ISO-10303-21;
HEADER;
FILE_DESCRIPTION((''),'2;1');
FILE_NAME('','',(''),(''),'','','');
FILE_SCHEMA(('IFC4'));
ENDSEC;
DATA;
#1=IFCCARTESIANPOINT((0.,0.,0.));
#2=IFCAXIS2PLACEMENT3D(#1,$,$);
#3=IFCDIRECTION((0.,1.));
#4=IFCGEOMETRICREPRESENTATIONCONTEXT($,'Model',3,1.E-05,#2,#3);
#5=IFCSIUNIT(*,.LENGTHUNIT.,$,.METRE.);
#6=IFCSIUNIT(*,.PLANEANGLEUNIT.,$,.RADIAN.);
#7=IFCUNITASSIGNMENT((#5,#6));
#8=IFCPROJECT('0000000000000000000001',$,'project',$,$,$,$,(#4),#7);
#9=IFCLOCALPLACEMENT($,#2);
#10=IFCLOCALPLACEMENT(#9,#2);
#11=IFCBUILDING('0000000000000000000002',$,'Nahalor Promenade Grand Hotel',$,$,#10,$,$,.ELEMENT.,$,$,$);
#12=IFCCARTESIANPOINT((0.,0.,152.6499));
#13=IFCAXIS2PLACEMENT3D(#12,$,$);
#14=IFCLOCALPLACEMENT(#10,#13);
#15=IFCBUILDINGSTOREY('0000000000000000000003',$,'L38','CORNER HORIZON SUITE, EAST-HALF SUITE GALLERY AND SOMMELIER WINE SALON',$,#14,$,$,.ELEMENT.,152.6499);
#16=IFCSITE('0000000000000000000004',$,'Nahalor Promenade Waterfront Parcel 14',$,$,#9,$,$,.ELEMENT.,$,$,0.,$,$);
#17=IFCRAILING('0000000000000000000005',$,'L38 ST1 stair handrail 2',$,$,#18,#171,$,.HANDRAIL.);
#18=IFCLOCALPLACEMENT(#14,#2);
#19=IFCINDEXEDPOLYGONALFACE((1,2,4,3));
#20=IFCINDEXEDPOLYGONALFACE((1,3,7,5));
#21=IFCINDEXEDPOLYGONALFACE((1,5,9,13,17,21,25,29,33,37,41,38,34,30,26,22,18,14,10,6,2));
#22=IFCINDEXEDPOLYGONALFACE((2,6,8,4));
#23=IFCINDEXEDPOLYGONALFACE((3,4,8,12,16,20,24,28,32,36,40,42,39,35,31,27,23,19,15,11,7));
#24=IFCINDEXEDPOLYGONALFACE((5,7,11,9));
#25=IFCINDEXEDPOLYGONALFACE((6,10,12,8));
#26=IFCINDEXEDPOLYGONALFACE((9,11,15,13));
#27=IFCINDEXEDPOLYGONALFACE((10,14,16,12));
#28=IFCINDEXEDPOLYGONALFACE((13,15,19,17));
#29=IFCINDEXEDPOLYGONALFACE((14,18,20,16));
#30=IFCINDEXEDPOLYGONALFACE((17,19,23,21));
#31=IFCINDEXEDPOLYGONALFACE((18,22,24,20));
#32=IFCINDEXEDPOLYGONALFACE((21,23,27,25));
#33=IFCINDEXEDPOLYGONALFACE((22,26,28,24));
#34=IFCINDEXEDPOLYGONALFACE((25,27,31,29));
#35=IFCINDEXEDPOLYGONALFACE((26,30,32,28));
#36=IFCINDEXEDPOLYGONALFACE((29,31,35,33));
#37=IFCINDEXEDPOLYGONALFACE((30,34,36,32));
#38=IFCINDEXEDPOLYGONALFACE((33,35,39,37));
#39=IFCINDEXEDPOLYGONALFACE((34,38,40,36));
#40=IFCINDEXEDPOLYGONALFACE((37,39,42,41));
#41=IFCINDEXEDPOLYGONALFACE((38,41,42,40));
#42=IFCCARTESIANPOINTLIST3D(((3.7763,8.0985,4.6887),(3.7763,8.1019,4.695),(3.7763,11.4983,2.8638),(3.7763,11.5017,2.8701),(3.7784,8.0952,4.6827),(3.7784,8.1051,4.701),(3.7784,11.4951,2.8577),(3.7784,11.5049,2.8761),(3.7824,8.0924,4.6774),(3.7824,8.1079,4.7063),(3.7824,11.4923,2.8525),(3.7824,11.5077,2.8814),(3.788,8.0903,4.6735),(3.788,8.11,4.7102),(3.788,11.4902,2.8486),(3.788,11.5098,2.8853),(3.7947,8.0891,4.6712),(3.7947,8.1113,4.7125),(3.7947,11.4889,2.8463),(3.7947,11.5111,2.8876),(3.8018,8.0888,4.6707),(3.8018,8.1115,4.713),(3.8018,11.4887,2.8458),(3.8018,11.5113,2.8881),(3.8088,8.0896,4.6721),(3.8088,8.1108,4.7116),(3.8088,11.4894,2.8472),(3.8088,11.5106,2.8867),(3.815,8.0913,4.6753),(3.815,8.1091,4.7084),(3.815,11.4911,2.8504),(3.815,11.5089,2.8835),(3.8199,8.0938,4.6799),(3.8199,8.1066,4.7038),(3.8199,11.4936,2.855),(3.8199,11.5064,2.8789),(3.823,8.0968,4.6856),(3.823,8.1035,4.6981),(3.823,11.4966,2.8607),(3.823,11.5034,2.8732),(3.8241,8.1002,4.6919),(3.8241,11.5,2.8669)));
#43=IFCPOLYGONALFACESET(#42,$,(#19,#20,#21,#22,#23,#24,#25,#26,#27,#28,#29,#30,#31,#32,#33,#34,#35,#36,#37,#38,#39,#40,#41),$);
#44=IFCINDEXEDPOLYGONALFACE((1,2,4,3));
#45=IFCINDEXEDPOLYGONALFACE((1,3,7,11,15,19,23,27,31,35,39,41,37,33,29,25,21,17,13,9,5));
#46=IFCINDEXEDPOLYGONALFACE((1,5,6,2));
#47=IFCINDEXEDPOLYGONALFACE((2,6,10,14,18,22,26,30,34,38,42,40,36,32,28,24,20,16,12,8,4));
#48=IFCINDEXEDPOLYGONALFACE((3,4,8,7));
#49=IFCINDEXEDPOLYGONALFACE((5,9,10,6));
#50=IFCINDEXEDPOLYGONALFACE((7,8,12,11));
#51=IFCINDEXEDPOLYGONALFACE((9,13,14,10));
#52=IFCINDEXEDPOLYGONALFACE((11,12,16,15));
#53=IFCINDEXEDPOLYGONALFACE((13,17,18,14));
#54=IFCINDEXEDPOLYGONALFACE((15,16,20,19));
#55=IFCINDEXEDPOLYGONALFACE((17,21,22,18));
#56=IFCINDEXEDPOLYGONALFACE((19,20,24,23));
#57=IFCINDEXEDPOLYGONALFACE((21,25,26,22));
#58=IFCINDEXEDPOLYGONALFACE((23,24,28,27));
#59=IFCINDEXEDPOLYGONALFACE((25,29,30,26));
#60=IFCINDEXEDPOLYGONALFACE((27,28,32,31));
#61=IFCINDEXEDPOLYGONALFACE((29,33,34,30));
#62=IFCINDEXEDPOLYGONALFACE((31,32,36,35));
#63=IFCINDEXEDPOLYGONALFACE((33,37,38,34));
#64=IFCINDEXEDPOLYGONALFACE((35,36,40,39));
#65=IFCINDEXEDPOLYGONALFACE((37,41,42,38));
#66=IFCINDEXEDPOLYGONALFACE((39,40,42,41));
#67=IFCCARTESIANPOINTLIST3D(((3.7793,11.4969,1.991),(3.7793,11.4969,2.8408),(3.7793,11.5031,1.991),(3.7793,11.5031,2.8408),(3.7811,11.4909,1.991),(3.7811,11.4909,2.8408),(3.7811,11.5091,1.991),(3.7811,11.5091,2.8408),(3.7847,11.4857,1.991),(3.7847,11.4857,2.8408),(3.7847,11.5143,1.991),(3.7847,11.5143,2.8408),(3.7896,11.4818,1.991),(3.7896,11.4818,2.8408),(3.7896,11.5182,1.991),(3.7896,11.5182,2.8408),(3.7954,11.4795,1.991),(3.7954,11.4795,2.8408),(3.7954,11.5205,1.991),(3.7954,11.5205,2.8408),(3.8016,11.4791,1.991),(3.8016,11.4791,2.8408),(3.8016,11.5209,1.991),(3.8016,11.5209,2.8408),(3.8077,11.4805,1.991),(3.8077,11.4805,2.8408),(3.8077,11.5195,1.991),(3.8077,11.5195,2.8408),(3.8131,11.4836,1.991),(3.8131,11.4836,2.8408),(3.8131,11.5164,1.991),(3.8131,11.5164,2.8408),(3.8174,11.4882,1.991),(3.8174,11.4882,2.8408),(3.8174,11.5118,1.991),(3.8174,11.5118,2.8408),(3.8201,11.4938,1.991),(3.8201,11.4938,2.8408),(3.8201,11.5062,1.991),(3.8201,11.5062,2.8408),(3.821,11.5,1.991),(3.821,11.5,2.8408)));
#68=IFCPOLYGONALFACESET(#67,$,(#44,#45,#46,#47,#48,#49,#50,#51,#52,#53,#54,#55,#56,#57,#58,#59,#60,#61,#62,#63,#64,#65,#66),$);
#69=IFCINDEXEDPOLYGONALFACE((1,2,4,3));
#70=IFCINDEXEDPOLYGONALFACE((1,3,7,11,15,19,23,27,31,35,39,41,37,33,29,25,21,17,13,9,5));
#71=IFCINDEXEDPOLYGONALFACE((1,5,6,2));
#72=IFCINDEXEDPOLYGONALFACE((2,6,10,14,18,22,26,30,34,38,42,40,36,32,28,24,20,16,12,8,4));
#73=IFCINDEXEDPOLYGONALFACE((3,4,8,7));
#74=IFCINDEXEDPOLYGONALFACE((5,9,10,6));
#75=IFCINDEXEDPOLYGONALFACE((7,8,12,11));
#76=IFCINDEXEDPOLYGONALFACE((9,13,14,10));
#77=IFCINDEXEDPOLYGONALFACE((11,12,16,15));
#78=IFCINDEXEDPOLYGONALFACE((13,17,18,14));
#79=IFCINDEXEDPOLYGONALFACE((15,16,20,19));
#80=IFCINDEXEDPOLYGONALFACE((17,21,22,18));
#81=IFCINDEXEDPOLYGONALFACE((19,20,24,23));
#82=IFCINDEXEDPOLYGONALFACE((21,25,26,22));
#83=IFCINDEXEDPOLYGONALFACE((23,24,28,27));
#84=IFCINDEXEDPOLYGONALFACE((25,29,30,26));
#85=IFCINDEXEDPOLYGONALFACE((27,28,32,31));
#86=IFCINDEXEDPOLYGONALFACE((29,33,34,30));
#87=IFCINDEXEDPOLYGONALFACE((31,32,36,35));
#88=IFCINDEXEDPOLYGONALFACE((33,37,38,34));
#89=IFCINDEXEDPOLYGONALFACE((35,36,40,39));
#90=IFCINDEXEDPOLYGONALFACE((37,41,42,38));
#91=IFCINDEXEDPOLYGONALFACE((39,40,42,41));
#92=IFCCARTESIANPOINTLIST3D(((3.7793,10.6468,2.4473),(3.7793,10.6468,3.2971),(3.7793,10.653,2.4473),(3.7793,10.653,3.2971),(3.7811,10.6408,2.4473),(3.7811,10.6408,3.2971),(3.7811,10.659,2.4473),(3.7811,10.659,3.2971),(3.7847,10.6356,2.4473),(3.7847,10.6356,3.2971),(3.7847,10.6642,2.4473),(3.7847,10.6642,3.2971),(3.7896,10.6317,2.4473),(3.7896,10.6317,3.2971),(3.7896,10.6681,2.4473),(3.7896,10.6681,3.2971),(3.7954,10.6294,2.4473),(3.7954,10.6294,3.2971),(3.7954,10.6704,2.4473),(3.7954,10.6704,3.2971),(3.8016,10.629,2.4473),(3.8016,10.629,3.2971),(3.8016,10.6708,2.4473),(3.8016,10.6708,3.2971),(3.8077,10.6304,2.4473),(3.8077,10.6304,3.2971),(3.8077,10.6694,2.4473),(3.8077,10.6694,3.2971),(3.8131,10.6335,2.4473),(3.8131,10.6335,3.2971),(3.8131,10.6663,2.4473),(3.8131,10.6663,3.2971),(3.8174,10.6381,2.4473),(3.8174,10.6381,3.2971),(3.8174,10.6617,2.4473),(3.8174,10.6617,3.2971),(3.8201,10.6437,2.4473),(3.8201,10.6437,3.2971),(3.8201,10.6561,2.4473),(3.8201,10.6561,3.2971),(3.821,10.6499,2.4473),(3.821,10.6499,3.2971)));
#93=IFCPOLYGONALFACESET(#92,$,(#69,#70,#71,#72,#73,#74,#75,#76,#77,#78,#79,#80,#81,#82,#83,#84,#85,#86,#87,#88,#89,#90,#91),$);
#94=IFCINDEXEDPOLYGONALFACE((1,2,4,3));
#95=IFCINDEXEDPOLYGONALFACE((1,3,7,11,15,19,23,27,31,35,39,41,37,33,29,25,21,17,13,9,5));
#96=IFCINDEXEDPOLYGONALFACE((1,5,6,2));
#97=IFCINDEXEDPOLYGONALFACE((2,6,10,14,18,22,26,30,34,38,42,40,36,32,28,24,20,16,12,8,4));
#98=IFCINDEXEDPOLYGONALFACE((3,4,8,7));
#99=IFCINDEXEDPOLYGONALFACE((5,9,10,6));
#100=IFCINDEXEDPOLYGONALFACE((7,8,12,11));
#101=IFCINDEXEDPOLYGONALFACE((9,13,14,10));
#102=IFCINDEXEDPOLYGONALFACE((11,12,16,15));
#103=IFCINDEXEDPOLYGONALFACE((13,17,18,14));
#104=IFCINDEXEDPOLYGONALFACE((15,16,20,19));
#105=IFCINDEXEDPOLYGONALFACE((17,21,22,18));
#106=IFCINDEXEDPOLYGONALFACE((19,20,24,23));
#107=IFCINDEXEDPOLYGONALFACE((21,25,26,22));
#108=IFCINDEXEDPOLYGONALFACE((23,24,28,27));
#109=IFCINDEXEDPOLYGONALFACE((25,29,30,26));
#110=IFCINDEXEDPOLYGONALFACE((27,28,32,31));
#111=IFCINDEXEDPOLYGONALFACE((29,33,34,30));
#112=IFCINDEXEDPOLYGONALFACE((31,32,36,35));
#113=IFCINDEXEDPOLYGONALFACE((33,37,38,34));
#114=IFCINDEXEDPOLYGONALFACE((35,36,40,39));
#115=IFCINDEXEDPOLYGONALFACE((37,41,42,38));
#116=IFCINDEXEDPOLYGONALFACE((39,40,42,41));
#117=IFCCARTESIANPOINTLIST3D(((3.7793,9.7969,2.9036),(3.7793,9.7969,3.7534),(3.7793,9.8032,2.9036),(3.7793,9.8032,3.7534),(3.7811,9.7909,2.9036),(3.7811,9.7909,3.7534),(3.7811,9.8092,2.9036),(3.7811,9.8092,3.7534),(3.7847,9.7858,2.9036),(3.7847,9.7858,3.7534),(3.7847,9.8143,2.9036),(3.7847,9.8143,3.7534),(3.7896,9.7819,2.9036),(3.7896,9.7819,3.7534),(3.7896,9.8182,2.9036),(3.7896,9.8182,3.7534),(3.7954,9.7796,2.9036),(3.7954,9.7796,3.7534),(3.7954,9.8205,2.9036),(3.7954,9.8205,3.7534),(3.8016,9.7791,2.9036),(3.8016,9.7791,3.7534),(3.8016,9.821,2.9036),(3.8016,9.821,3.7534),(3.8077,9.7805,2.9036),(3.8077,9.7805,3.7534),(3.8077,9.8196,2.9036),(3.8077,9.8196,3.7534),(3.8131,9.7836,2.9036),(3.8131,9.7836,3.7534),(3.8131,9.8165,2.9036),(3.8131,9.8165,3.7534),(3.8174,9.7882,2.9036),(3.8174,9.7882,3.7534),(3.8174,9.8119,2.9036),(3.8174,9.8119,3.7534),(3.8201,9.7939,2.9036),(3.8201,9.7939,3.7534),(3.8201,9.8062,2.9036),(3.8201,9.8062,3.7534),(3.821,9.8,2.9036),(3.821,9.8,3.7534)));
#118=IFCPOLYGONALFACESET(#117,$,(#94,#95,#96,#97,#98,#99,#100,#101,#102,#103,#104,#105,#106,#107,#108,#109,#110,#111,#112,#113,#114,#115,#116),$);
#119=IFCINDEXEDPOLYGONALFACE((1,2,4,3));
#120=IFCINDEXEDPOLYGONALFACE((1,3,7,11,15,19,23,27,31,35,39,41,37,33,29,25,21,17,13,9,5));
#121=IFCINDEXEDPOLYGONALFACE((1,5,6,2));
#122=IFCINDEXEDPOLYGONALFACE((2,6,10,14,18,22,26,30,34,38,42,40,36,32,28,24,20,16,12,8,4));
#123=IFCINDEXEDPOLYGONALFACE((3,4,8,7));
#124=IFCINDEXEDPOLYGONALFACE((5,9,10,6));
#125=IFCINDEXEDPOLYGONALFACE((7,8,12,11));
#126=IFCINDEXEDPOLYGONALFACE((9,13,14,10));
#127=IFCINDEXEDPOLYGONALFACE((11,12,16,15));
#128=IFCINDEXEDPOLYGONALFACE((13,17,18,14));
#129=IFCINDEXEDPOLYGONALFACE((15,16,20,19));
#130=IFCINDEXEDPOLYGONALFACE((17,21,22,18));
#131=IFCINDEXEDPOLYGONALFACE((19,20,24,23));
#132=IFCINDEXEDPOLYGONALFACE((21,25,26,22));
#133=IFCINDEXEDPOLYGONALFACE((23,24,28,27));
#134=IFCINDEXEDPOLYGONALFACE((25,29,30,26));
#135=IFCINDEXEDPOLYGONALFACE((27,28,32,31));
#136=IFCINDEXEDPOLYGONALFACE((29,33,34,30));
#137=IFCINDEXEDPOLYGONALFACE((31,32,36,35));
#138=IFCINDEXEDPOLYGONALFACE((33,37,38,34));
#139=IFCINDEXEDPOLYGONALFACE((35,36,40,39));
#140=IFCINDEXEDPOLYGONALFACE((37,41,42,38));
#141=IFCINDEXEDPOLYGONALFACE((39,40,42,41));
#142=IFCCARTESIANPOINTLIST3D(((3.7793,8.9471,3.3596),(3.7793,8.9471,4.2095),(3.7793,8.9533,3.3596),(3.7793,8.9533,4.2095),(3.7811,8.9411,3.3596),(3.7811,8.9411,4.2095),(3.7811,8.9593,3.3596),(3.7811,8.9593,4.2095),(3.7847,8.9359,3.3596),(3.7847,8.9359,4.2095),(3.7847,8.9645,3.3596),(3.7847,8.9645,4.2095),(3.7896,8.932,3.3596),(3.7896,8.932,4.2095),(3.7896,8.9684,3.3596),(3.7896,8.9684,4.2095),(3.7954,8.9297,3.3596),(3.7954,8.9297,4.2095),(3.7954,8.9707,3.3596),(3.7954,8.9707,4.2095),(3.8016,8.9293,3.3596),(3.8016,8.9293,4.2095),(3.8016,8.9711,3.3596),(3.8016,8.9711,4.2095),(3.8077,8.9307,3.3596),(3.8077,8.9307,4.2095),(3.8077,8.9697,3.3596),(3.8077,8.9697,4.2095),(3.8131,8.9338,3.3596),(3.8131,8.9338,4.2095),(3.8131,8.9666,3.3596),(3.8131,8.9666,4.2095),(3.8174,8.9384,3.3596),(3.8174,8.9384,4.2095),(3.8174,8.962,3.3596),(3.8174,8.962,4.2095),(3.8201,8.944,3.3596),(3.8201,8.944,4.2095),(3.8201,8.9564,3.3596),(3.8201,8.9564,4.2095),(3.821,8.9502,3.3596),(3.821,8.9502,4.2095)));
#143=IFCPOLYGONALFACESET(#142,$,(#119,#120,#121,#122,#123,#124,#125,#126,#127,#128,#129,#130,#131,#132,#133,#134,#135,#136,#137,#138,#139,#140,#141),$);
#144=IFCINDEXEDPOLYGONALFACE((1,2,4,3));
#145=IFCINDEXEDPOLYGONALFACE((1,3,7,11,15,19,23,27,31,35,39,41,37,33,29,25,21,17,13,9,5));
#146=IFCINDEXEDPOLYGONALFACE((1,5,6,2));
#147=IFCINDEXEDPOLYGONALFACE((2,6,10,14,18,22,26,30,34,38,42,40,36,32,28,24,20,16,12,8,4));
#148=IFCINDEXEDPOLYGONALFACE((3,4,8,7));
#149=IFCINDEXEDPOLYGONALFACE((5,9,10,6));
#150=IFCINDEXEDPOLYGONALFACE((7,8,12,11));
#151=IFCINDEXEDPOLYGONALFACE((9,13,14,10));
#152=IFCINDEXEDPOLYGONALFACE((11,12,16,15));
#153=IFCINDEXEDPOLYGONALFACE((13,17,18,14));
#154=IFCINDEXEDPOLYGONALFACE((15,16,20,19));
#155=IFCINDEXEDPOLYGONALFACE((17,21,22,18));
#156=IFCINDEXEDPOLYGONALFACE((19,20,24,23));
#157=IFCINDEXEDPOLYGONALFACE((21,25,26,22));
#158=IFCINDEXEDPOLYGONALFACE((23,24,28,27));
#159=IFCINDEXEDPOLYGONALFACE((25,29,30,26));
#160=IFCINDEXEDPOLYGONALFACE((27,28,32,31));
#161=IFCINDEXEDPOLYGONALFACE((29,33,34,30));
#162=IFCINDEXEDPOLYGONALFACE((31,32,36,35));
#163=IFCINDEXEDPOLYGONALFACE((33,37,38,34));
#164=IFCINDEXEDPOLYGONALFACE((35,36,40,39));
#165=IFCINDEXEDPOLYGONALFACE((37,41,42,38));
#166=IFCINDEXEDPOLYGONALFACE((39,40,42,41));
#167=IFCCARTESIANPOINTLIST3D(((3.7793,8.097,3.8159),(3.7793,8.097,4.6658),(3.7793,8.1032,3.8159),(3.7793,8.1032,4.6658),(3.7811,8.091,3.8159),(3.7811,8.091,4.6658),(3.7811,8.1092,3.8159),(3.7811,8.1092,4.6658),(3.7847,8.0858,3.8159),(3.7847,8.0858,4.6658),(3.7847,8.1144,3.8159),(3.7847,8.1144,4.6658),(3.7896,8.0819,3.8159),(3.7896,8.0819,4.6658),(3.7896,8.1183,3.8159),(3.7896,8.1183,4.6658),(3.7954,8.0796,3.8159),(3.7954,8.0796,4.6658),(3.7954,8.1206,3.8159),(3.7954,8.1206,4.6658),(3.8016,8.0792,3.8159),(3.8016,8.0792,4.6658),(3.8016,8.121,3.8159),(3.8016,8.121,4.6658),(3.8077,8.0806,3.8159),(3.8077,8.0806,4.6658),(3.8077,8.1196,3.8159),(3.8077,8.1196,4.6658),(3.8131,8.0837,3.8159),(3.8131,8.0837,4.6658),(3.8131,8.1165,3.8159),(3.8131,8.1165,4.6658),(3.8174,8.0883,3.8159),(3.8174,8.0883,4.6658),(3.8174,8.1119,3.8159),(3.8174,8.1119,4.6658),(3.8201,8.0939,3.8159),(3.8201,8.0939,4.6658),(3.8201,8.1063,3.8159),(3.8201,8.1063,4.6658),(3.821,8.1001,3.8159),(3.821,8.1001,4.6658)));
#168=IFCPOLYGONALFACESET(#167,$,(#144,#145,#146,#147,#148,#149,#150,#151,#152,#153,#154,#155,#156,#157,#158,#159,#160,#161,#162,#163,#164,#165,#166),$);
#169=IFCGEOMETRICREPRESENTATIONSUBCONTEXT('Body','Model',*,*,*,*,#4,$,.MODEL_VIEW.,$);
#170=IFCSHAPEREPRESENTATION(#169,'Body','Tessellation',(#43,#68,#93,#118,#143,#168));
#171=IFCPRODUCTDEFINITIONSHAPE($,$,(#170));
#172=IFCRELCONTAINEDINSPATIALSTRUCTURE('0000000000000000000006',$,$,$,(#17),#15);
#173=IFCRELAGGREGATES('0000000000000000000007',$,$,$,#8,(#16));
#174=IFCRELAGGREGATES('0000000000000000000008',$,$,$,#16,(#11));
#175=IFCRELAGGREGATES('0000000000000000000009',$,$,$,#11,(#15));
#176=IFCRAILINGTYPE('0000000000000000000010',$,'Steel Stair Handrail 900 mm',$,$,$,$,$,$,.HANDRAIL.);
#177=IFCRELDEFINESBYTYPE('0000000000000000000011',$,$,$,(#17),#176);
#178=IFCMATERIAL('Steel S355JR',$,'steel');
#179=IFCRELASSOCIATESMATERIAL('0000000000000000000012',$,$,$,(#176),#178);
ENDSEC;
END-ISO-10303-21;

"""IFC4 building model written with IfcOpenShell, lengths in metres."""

from ifc_helpers import new_model, si_unit, direction, frame, origin, origin_2d, place, context, subcontext, project, spatial, circle, extrude, material, type_object, element, save


model = new_model("IFC4")

# Units and contexts
model_context = context("Model", 3, precision=1e-05, world=origin(), true_north=direction((0.0, 1.0)))
body_context = subcontext(model_context, "Body", "Model", "MODEL_VIEW")
ifc_project = project(units=[si_unit("LENGTHUNIT", "METRE"), si_unit("PLANEANGLEUNIT", "RADIAN")], contexts=[model_context])

# Site, building, storey
site_placement = place(None, origin())
site = spatial("IfcSite", under=ifc_project, at=site_placement, Name="Nahalor Promenade Waterfront Parcel 14", CompositionType="ELEMENT", RefElevation=0.0)
building_placement = place(site_placement, origin())
building = spatial("IfcBuilding", under=site, at=building_placement, Name="Nahalor Promenade Grand Hotel", CompositionType="ELEMENT")
storey_placement = place(building_placement, frame((0.0, 0.0, 152.6499)))
storey = spatial("IfcBuildingStorey", under=building, at=storey_placement, Name="L38", Description="CORNER HORIZON SUITE, EAST-HALF SUITE GALLERY AND SOMMELIER WINE SALON", CompositionType="ELEMENT", Elevation=152.6499)

# Shared definitions
ifc_material_1 = material(Name="Steel S355JR", Category="steel")

# Railing
railing_type_1 = type_object("IfcRailingType", Name="Steel Stair Handrail 900 mm", PredefinedType="HANDRAIL", material=ifc_material_1)
railing_1_placement = place(storey_placement, frame((3.8, 11.5, 1.991)))
element("IfcRailing", 1, at=railing_1_placement, inside=storey, type_object=railing_type_1, Name="L38 ST1 stair handrail 2", PredefinedType="HANDRAIL", context=body_context, shape_type="SweptSolid", body=[
    extrude(circle(Radius=0.024, at=origin_2d()), frame((0.0, 0.0, 0.876), z_axis=(0.0, -0.881094, 0.472941), x_axis=(1.0, 0.0, 0.0)), (0.0, 0.0, 1.0), 3.8586),
    extrude(circle(Radius=0.021, at=origin_2d()), origin(), (0.0, 0.0, 1.0), 0.8499),
    extrude(circle(Radius=0.021, at=origin_2d()), frame((0.0, -0.8501, 0.4563)), (0.0, 0.0, 1.0), 0.8499),
    extrude(circle(Radius=0.021, at=origin_2d()), frame((0.0, -1.7, 0.9126)), (0.0, 0.0, 1.0), 0.8499),
    extrude(circle(Radius=0.021, at=origin_2d()), frame((0.0, -2.5498, 1.3687)), (0.0, 0.0, 1.0), 0.8499),
    extrude(circle(Radius=0.021, at=origin_2d()), frame((0.0, -3.3999, 1.825)), (0.0, 0.0, 1.0), 0.8499),
])

save(model, "model.ifc")
